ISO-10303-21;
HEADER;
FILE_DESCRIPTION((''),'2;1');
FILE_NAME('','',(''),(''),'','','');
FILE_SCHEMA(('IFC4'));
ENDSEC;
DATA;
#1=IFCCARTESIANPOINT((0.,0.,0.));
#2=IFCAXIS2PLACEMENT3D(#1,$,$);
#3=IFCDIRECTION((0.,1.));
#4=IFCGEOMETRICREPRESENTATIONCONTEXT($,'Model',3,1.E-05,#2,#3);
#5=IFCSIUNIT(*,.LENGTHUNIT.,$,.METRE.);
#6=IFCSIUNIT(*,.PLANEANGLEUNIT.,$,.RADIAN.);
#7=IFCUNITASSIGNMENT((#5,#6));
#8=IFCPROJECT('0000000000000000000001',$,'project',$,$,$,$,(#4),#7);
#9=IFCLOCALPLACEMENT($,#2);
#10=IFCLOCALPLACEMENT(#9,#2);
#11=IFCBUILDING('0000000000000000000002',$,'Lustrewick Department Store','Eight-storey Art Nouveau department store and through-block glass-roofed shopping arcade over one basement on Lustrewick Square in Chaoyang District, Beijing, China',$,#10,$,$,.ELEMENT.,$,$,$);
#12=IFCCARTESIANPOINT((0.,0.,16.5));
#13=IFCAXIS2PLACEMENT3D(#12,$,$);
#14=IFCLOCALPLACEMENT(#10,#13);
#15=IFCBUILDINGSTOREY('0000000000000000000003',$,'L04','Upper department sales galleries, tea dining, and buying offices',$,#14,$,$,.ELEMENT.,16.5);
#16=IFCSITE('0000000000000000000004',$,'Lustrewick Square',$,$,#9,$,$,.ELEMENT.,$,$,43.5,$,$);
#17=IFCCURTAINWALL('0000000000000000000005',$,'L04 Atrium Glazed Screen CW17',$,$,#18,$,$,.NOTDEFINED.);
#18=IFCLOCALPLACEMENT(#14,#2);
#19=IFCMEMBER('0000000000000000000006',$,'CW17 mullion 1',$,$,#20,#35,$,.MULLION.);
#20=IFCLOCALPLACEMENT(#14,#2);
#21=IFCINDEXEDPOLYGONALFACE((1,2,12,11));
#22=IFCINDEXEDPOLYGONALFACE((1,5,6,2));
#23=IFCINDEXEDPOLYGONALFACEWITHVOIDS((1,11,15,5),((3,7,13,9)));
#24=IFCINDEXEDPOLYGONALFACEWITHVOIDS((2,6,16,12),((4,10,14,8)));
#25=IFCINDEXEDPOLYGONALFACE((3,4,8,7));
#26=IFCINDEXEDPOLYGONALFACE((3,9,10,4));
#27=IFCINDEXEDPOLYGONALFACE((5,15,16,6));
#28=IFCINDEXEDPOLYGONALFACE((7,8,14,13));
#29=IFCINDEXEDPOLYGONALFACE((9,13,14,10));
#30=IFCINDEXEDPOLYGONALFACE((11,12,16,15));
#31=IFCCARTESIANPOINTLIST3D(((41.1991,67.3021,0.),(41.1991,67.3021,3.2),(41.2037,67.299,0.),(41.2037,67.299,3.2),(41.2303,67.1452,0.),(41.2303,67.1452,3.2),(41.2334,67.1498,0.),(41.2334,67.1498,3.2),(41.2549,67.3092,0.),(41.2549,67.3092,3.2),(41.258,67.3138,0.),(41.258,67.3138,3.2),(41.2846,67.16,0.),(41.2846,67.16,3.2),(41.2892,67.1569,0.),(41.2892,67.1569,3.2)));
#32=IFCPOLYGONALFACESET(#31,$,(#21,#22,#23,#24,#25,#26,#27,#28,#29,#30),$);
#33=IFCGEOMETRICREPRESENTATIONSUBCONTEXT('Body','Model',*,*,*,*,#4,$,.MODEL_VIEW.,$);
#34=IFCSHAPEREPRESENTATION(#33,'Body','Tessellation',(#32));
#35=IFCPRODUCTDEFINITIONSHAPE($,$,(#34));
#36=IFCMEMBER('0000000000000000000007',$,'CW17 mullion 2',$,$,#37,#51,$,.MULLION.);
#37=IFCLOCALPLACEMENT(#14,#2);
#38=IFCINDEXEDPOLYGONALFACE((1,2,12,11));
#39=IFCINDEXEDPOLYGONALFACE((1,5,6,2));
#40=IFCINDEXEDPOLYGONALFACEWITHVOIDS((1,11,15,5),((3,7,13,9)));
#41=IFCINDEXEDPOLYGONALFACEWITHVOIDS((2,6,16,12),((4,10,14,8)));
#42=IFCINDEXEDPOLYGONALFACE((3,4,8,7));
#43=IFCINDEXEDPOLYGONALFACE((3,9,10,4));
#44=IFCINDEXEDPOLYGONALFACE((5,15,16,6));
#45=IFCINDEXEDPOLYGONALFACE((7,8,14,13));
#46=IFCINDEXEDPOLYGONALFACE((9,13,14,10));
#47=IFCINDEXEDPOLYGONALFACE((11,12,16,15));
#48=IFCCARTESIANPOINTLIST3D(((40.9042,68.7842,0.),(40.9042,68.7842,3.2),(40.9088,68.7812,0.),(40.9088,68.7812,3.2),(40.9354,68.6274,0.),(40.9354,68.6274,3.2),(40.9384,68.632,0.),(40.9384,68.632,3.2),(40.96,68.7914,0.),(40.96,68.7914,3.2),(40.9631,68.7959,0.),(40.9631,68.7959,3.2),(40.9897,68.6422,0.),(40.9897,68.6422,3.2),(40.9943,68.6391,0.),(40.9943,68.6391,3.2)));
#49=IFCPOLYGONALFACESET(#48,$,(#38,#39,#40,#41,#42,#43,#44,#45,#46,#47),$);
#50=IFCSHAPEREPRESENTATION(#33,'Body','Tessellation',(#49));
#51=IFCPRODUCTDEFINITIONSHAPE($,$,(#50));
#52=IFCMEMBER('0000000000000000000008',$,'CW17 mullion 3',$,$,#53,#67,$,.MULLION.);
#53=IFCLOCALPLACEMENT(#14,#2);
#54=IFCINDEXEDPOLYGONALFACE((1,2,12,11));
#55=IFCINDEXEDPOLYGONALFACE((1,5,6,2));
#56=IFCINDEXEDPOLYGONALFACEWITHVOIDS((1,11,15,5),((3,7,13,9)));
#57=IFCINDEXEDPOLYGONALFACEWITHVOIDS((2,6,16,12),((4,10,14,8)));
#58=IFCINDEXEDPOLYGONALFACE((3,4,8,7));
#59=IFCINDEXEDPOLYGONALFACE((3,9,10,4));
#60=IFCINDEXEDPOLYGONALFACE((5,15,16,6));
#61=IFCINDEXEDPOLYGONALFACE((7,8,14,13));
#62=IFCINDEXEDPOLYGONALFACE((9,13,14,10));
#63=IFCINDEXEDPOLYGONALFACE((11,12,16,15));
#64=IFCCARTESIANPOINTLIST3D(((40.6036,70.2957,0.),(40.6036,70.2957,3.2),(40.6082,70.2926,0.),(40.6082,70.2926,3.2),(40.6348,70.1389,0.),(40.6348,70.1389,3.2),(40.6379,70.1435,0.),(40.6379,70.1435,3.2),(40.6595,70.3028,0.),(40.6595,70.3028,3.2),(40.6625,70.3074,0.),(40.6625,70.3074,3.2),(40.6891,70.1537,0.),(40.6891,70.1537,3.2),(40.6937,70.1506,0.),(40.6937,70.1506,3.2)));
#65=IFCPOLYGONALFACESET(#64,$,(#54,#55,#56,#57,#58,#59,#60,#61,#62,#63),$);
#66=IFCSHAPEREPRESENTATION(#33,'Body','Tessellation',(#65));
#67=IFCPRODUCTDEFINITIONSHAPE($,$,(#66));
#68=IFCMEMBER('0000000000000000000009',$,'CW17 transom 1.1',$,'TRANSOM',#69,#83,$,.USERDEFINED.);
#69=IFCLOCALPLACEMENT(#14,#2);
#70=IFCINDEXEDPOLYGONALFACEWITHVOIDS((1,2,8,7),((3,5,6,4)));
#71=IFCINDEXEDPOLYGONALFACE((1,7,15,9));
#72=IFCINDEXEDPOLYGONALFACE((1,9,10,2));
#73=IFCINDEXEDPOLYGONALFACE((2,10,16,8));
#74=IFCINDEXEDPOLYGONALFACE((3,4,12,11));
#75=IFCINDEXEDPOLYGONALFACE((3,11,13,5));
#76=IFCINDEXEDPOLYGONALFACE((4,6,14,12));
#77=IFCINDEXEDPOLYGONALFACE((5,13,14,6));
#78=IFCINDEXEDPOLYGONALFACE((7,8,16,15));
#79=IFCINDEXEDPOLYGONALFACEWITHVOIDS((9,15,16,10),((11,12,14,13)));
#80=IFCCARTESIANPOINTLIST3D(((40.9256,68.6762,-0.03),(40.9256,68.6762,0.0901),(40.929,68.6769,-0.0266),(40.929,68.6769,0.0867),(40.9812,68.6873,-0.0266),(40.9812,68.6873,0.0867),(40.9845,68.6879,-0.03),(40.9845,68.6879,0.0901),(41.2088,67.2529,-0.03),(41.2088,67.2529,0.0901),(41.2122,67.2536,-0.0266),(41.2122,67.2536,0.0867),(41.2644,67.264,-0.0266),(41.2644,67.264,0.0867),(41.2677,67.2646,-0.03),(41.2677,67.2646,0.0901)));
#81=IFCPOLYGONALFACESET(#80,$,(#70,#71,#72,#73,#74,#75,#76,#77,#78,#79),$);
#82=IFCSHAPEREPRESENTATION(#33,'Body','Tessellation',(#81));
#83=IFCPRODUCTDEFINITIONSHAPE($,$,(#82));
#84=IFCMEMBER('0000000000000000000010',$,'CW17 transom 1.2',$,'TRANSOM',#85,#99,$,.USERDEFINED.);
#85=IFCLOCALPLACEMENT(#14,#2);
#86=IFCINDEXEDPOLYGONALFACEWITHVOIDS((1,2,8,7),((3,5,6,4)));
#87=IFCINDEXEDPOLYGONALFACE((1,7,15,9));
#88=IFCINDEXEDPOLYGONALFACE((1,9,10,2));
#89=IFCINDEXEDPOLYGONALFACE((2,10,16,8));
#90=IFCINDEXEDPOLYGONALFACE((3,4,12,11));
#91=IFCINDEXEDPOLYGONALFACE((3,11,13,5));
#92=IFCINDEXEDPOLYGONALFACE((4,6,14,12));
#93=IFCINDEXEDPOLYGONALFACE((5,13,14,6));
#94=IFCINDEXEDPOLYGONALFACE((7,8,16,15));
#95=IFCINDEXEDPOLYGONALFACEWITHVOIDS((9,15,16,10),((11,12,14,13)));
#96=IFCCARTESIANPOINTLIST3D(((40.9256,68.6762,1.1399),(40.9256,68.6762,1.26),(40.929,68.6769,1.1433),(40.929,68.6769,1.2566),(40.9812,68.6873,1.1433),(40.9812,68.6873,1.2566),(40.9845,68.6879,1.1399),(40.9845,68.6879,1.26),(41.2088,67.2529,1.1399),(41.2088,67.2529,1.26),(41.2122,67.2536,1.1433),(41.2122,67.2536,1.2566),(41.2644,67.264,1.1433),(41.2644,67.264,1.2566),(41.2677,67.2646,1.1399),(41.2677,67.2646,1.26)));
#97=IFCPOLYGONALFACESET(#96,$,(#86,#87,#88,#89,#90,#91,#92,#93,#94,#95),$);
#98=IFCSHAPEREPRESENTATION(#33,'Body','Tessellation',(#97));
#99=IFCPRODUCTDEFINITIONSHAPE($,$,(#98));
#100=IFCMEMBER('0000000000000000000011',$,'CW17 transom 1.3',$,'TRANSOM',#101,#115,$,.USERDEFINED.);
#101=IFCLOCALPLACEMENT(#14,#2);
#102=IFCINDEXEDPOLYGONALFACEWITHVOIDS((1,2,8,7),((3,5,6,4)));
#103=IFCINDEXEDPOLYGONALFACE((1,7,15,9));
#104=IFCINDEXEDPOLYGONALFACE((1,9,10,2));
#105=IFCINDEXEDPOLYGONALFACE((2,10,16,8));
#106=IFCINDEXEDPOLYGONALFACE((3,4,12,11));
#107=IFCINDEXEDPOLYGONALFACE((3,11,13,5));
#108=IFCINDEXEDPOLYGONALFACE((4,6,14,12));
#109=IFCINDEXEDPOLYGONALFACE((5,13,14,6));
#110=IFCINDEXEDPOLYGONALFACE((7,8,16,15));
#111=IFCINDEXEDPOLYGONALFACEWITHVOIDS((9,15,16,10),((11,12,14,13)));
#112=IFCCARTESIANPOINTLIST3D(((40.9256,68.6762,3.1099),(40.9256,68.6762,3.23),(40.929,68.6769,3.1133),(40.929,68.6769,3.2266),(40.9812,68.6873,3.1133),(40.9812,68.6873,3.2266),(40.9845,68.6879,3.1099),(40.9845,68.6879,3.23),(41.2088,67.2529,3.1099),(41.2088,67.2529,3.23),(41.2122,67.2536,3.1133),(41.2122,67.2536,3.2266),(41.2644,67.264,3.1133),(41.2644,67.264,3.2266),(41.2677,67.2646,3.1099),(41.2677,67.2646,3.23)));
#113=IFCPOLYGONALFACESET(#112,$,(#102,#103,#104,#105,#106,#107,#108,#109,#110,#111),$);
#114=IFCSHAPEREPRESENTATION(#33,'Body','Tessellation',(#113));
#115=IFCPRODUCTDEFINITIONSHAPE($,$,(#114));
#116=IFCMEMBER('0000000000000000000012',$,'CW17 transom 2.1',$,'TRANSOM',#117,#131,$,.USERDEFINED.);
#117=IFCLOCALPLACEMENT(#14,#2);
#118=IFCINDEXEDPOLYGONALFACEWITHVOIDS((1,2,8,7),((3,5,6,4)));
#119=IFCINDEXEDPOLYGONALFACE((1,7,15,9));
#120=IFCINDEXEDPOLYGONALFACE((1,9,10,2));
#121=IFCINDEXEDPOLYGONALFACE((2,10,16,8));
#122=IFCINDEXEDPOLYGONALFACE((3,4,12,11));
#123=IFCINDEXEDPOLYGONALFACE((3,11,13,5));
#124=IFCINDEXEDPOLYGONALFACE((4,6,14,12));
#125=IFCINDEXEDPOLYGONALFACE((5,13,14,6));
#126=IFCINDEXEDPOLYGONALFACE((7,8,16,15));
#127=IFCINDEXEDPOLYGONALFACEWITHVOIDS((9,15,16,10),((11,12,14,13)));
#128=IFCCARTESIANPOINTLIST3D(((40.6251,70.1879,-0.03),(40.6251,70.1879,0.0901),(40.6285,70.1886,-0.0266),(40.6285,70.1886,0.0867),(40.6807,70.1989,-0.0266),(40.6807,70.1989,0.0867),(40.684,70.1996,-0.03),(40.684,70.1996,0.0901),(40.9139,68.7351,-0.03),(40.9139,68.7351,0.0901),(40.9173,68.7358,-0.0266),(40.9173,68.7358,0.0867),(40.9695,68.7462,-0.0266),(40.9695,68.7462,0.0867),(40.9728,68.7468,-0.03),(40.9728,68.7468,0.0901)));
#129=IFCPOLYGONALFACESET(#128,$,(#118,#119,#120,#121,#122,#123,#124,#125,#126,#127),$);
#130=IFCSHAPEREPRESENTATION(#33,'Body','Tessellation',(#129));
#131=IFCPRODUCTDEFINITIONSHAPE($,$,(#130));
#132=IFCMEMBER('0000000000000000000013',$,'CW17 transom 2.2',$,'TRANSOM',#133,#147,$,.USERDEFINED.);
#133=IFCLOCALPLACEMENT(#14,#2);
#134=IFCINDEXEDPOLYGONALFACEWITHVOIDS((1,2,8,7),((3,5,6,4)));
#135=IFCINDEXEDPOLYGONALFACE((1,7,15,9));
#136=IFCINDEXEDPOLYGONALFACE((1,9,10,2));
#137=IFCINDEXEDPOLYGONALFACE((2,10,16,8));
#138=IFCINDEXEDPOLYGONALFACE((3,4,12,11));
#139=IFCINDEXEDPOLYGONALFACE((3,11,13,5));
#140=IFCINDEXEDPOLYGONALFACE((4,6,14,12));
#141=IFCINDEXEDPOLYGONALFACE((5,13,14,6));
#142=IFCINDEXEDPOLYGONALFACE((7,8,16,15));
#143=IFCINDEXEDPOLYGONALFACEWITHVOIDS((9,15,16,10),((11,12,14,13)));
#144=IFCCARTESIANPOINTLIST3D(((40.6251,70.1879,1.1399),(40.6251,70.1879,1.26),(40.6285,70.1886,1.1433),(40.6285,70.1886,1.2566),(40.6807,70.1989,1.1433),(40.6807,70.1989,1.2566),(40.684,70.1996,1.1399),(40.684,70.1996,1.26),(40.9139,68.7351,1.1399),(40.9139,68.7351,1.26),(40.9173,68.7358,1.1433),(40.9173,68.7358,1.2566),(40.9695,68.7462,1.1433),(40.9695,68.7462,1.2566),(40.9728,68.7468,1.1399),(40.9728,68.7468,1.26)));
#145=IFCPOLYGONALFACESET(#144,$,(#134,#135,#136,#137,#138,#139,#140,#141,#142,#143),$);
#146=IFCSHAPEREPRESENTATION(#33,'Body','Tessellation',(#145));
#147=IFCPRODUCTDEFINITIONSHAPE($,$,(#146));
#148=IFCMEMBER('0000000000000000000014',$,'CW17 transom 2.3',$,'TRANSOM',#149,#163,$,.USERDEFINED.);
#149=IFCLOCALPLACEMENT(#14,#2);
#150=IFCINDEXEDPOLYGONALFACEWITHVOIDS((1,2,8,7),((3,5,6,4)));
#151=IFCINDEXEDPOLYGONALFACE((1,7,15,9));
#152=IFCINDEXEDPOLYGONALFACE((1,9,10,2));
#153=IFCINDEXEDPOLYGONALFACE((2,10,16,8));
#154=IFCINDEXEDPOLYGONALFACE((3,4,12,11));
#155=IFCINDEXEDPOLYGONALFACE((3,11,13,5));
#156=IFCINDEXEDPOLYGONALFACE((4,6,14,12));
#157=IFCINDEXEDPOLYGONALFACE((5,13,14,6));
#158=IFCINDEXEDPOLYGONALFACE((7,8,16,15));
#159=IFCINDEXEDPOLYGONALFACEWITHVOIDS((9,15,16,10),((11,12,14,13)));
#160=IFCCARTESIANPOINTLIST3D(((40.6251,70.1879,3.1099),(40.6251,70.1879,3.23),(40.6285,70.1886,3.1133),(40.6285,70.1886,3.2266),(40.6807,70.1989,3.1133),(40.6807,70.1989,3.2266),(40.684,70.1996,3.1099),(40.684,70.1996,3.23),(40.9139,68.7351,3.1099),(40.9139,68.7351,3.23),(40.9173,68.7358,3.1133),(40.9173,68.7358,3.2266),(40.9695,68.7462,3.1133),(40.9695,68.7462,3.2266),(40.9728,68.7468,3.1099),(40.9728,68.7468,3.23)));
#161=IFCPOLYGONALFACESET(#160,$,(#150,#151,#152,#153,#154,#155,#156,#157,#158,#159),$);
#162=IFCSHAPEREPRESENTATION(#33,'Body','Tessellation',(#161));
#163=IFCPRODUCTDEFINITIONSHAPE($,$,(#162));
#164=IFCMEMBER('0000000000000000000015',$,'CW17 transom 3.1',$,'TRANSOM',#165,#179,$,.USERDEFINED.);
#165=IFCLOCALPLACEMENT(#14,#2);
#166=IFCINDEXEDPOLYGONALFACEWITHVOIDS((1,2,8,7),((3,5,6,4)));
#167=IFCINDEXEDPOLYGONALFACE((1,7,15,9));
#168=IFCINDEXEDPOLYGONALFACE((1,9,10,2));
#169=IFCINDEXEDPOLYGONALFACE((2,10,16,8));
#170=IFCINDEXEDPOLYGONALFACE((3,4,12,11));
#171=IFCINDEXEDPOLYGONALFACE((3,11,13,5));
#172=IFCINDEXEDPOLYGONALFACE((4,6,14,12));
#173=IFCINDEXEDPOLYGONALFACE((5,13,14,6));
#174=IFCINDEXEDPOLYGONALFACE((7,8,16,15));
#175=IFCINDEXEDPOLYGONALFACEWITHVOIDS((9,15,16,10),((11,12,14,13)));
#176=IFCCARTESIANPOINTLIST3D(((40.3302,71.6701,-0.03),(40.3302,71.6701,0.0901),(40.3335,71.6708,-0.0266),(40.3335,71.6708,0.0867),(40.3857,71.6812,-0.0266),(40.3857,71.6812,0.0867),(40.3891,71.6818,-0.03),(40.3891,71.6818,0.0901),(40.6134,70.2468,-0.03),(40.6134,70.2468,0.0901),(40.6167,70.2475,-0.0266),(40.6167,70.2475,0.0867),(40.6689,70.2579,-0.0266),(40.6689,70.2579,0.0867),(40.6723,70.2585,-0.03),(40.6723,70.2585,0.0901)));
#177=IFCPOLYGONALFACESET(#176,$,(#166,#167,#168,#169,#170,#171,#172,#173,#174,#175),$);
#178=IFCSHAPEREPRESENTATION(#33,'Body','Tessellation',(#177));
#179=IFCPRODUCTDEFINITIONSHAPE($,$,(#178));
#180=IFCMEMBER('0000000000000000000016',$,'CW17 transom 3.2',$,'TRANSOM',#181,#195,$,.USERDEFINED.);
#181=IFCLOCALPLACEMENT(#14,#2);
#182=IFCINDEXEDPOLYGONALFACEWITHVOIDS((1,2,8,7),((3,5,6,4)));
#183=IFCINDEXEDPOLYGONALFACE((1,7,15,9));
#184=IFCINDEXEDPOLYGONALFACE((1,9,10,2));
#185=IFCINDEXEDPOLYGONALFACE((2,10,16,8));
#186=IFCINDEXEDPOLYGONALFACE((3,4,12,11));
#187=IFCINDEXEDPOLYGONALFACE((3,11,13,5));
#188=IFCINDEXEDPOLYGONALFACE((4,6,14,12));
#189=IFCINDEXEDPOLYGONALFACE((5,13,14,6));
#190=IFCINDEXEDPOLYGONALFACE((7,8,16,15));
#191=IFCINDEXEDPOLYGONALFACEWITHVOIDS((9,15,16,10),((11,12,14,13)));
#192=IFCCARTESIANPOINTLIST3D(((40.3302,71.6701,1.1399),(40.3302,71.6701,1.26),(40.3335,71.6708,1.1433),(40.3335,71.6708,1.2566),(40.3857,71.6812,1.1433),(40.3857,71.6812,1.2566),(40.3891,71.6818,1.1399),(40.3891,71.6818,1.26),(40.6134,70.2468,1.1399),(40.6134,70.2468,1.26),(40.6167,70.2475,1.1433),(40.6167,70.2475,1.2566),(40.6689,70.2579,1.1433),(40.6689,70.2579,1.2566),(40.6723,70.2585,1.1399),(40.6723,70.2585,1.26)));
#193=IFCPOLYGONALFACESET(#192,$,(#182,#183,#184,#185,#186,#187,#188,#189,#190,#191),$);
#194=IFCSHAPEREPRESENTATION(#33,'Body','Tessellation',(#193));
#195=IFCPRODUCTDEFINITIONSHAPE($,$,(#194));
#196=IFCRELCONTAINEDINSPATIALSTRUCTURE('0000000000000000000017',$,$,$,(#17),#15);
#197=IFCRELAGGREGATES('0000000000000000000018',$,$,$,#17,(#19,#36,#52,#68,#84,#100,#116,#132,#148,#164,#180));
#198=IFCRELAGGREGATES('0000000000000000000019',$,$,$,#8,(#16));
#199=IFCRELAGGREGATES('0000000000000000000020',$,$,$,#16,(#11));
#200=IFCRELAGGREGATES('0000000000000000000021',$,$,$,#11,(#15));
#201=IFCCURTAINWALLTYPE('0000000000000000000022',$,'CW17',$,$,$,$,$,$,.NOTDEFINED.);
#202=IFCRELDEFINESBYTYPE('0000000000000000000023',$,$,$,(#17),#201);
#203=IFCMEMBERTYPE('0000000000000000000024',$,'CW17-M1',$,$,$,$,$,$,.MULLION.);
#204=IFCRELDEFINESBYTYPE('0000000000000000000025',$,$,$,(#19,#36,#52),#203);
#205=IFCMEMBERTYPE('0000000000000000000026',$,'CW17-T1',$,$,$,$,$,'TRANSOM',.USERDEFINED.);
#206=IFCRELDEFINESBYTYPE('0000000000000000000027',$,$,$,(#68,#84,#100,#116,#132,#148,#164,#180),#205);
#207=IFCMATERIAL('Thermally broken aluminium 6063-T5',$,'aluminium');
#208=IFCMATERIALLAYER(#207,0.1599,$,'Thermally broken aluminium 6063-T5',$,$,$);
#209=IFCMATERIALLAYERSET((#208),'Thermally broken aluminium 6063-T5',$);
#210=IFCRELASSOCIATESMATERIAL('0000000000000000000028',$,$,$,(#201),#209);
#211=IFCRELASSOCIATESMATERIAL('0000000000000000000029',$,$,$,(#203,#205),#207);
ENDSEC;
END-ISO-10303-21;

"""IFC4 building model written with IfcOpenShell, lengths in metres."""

from ifc_helpers import new_model, si_unit, direction, frame, origin, origin_2d, place, context, subcontext, project, spatial, hollow_rectangle, extrude, material, layer, layer_set, material_profile, profile_set, type_object, element, aggregate, save


model = new_model("IFC4")

# Units and contexts
model_context = context("Model", 3, precision=1e-05, world=origin(), true_north=direction((0.0, 1.0)))
body_context = subcontext(model_context, "Body", "Model", "MODEL_VIEW")
ifc_project = project(units=[si_unit("LENGTHUNIT", "METRE"), si_unit("PLANEANGLEUNIT", "RADIAN")], contexts=[model_context])

# Site, building, storey
site_placement = place(None, origin())
site = spatial("IfcSite", under=ifc_project, at=site_placement, Name="Lustrewick Square", CompositionType="ELEMENT", RefElevation=43.5)
building_placement = place(site_placement, origin())
building = spatial("IfcBuilding", under=site, at=building_placement, Name="Lustrewick Department Store", Description="Eight-storey Art Nouveau department store and through-block glass-roofed shopping arcade over one basement on Lustrewick Square in Chaoyang District, Beijing, China", CompositionType="ELEMENT")
storey_placement = place(building_placement, frame((0.0, 0.0, 16.5)))
storey = spatial("IfcBuildingStorey", under=building, at=storey_placement, Name="L04", Description="Upper department sales galleries, tea dining, and buying offices", CompositionType="ELEMENT", Elevation=16.5)

# Curtain wall, members
ifc_material_1 = material(Name="Thermally broken aluminium 6063-T5", Category="aluminium")
ifc_layer_1 = layer(ifc_material_1, 0.1599, Name="Thermally broken aluminium 6063-T5")
ifc_layer_set_1 = layer_set([ifc_layer_1], Name="Thermally broken aluminium 6063-T5")
curtain_wall_type = type_object("IfcCurtainWallType", Name="CW17", PredefinedType="NOTDEFINED", material=ifc_layer_set_1)
curtain_wall_placement = place(storey_placement, origin())
curtain_wall = element("IfcCurtainWall", 1, at=curtain_wall_placement, inside=storey, type_object=curtain_wall_type, Name="L04 Atrium Glazed Screen CW17", PredefinedType="NOTDEFINED")
ifc_material_profile_1 = material_profile(ifc_material_1, hollow_rectangle(XDim=0.0601, YDim=0.1599, WallThickness=0.0039, at=origin_2d()), Name="ALU-M 60x160x4")
ifc_profile_set_1 = profile_set([ifc_material_profile_1], Name="Thermally broken aluminium 6063-T5")
member_type_1 = type_object("IfcMemberType", Name="CW17-M1", PredefinedType="MULLION", material=ifc_profile_set_1)
member_1_placement = place(storey_placement, frame((41.2441, 67.2295, 0.0), z_axis=(0.0, 0.0, 1.0), x_axis=(-0.980786, -0.195085, 0.0)))
member_1 = element("IfcMember", 2, at=member_1_placement, type_object=member_type_1, Name="CW17 mullion 1", PredefinedType="MULLION", context=body_context, shape_type="SweptSolid", body=[
    extrude(hollow_rectangle(XDim=0.0601, YDim=0.1599, WallThickness=0.0039, at=origin_2d()), origin(), (0.0, 0.0, 1.0), 3.2),
])
member_2_placement = place(storey_placement, frame((40.9492, 68.7117, 0.0), z_axis=(0.0, 0.0, 1.0), x_axis=(-0.980786, -0.195085, 0.0)))
member_2 = element("IfcMember", 3, at=member_2_placement, type_object=member_type_1, Name="CW17 mullion 2", PredefinedType="MULLION", context=body_context, shape_type="SweptSolid", body=[
    extrude(hollow_rectangle(XDim=0.0601, YDim=0.1599, WallThickness=0.0039, at=origin_2d()), origin(), (0.0, 0.0, 1.0), 3.2),
])
member_3_placement = place(storey_placement, frame((40.6487, 70.2231, 0.0), z_axis=(0.0, 0.0, 1.0), x_axis=(-0.980786, -0.195085, 0.0)))
member_3 = element("IfcMember", 4, at=member_3_placement, type_object=member_type_1, Name="CW17 mullion 3", PredefinedType="MULLION", context=body_context, shape_type="SweptSolid", body=[
    extrude(hollow_rectangle(XDim=0.0601, YDim=0.1599, WallThickness=0.0039, at=origin_2d()), origin(), (0.0, 0.0, 1.0), 3.2),
])
ifc_material_profile_2 = material_profile(ifc_material_1, hollow_rectangle(XDim=0.0601, YDim=0.1201, WallThickness=0.0034, at=origin_2d()), Name="ALU-T 60x120x3.5")
ifc_profile_set_2 = profile_set([ifc_material_profile_2], Name="Thermally broken aluminium 6063-T5")
member_type_2 = type_object("IfcMemberType", Name="CW17-T1", ElementType="TRANSOM", PredefinedType="USERDEFINED", material=ifc_profile_set_2)
member_4_placement = place(storey_placement, frame((41.2383, 67.2588, 0.03), z_axis=(-0.195145, 0.980774, 0.0), x_axis=(-0.980774, -0.195145, 0.0)))
member_4 = element("IfcMember", 5, at=member_4_placement, type_object=member_type_2, Name="CW17 transom 1.1", ObjectType="TRANSOM", PredefinedType="USERDEFINED", context=body_context, shape_type="SweptSolid", body=[
    extrude(hollow_rectangle(XDim=0.0601, YDim=0.1201, WallThickness=0.0034, at=origin_2d()), origin(), (0.0, 0.0, 1.0), 1.4512),
])
member_5_placement = place(storey_placement, frame((41.2383, 67.2588, 1.2), z_axis=(-0.195145, 0.980774, 0.0), x_axis=(-0.980774, -0.195145, 0.0)))
member_5 = element("IfcMember", 6, at=member_5_placement, type_object=member_type_2, Name="CW17 transom 1.2", ObjectType="TRANSOM", PredefinedType="USERDEFINED", context=body_context, shape_type="SweptSolid", body=[
    extrude(hollow_rectangle(XDim=0.0601, YDim=0.1201, WallThickness=0.0034, at=origin_2d()), origin(), (0.0, 0.0, 1.0), 1.4512),
])
member_6_placement = place(storey_placement, frame((41.2383, 67.2588, 3.1699), z_axis=(-0.195145, 0.980774, 0.0), x_axis=(-0.980774, -0.195145, 0.0)))
member_6 = element("IfcMember", 7, at=member_6_placement, type_object=member_type_2, Name="CW17 transom 1.3", ObjectType="TRANSOM", PredefinedType="USERDEFINED", context=body_context, shape_type="SweptSolid", body=[
    extrude(hollow_rectangle(XDim=0.0601, YDim=0.1201, WallThickness=0.0034, at=origin_2d()), origin(), (0.0, 0.0, 1.0), 1.4512),
])
member_7_placement = place(storey_placement, frame((40.9434, 68.741, 0.03), z_axis=(-0.194975, 0.980808, 0.0), x_axis=(-0.980808, -0.194975, 0.0)))
member_7 = element("IfcMember", 8, at=member_7_placement, type_object=member_type_2, Name="CW17 transom 2.1", ObjectType="TRANSOM", PredefinedType="USERDEFINED", context=body_context, shape_type="SweptSolid", body=[
    extrude(hollow_rectangle(XDim=0.0601, YDim=0.1201, WallThickness=0.0034, at=origin_2d()), origin(), (0.0, 0.0, 1.0), 1.4812),
])
member_8_placement = place(storey_placement, frame((40.9434, 68.741, 1.2), z_axis=(-0.194975, 0.980808, 0.0), x_axis=(-0.980808, -0.194975, 0.0)))
member_8 = element("IfcMember", 9, at=member_8_placement, type_object=member_type_2, Name="CW17 transom 2.2", ObjectType="TRANSOM", PredefinedType="USERDEFINED", context=body_context, shape_type="SweptSolid", body=[
    extrude(hollow_rectangle(XDim=0.0601, YDim=0.1201, WallThickness=0.0034, at=origin_2d()), origin(), (0.0, 0.0, 1.0), 1.4812),
])
member_9_placement = place(storey_placement, frame((40.9434, 68.741, 3.1699), z_axis=(-0.194975, 0.980808, 0.0), x_axis=(-0.980808, -0.194975, 0.0)))
member_9 = element("IfcMember", 10, at=member_9_placement, type_object=member_type_2, Name="CW17 transom 2.3", ObjectType="TRANSOM", PredefinedType="USERDEFINED", context=body_context, shape_type="SweptSolid", body=[
    extrude(hollow_rectangle(XDim=0.0601, YDim=0.1201, WallThickness=0.0034, at=origin_2d()), origin(), (0.0, 0.0, 1.0), 1.4812),
])
member_10_placement = place(storey_placement, frame((40.6428, 70.2527, 0.03), z_axis=(-0.195145, 0.980774, 0.0), x_axis=(-0.980774, -0.195145, 0.0)))
member_10 = element("IfcMember", 11, at=member_10_placement, type_object=member_type_2, Name="CW17 transom 3.1", ObjectType="TRANSOM", PredefinedType="USERDEFINED", context=body_context, shape_type="SweptSolid", body=[
    extrude(hollow_rectangle(XDim=0.0601, YDim=0.1201, WallThickness=0.0034, at=origin_2d()), origin(), (0.0, 0.0, 1.0), 1.4512),
])
member_11_placement = place(storey_placement, frame((40.6428, 70.2527, 1.2), z_axis=(-0.195145, 0.980774, 0.0), x_axis=(-0.980774, -0.195145, 0.0)))
member_11 = element("IfcMember", 12, at=member_11_placement, type_object=member_type_2, Name="CW17 transom 3.2", ObjectType="TRANSOM", PredefinedType="USERDEFINED", context=body_context, shape_type="SweptSolid", body=[
    extrude(hollow_rectangle(XDim=0.0601, YDim=0.1201, WallThickness=0.0034, at=origin_2d()), origin(), (0.0, 0.0, 1.0), 1.4512),
])

aggregate(curtain_wall, [member_1, member_2, member_3, member_4, member_5, member_6, member_7, member_8, member_9, member_10, member_11])

save(model, "model.ifc")
